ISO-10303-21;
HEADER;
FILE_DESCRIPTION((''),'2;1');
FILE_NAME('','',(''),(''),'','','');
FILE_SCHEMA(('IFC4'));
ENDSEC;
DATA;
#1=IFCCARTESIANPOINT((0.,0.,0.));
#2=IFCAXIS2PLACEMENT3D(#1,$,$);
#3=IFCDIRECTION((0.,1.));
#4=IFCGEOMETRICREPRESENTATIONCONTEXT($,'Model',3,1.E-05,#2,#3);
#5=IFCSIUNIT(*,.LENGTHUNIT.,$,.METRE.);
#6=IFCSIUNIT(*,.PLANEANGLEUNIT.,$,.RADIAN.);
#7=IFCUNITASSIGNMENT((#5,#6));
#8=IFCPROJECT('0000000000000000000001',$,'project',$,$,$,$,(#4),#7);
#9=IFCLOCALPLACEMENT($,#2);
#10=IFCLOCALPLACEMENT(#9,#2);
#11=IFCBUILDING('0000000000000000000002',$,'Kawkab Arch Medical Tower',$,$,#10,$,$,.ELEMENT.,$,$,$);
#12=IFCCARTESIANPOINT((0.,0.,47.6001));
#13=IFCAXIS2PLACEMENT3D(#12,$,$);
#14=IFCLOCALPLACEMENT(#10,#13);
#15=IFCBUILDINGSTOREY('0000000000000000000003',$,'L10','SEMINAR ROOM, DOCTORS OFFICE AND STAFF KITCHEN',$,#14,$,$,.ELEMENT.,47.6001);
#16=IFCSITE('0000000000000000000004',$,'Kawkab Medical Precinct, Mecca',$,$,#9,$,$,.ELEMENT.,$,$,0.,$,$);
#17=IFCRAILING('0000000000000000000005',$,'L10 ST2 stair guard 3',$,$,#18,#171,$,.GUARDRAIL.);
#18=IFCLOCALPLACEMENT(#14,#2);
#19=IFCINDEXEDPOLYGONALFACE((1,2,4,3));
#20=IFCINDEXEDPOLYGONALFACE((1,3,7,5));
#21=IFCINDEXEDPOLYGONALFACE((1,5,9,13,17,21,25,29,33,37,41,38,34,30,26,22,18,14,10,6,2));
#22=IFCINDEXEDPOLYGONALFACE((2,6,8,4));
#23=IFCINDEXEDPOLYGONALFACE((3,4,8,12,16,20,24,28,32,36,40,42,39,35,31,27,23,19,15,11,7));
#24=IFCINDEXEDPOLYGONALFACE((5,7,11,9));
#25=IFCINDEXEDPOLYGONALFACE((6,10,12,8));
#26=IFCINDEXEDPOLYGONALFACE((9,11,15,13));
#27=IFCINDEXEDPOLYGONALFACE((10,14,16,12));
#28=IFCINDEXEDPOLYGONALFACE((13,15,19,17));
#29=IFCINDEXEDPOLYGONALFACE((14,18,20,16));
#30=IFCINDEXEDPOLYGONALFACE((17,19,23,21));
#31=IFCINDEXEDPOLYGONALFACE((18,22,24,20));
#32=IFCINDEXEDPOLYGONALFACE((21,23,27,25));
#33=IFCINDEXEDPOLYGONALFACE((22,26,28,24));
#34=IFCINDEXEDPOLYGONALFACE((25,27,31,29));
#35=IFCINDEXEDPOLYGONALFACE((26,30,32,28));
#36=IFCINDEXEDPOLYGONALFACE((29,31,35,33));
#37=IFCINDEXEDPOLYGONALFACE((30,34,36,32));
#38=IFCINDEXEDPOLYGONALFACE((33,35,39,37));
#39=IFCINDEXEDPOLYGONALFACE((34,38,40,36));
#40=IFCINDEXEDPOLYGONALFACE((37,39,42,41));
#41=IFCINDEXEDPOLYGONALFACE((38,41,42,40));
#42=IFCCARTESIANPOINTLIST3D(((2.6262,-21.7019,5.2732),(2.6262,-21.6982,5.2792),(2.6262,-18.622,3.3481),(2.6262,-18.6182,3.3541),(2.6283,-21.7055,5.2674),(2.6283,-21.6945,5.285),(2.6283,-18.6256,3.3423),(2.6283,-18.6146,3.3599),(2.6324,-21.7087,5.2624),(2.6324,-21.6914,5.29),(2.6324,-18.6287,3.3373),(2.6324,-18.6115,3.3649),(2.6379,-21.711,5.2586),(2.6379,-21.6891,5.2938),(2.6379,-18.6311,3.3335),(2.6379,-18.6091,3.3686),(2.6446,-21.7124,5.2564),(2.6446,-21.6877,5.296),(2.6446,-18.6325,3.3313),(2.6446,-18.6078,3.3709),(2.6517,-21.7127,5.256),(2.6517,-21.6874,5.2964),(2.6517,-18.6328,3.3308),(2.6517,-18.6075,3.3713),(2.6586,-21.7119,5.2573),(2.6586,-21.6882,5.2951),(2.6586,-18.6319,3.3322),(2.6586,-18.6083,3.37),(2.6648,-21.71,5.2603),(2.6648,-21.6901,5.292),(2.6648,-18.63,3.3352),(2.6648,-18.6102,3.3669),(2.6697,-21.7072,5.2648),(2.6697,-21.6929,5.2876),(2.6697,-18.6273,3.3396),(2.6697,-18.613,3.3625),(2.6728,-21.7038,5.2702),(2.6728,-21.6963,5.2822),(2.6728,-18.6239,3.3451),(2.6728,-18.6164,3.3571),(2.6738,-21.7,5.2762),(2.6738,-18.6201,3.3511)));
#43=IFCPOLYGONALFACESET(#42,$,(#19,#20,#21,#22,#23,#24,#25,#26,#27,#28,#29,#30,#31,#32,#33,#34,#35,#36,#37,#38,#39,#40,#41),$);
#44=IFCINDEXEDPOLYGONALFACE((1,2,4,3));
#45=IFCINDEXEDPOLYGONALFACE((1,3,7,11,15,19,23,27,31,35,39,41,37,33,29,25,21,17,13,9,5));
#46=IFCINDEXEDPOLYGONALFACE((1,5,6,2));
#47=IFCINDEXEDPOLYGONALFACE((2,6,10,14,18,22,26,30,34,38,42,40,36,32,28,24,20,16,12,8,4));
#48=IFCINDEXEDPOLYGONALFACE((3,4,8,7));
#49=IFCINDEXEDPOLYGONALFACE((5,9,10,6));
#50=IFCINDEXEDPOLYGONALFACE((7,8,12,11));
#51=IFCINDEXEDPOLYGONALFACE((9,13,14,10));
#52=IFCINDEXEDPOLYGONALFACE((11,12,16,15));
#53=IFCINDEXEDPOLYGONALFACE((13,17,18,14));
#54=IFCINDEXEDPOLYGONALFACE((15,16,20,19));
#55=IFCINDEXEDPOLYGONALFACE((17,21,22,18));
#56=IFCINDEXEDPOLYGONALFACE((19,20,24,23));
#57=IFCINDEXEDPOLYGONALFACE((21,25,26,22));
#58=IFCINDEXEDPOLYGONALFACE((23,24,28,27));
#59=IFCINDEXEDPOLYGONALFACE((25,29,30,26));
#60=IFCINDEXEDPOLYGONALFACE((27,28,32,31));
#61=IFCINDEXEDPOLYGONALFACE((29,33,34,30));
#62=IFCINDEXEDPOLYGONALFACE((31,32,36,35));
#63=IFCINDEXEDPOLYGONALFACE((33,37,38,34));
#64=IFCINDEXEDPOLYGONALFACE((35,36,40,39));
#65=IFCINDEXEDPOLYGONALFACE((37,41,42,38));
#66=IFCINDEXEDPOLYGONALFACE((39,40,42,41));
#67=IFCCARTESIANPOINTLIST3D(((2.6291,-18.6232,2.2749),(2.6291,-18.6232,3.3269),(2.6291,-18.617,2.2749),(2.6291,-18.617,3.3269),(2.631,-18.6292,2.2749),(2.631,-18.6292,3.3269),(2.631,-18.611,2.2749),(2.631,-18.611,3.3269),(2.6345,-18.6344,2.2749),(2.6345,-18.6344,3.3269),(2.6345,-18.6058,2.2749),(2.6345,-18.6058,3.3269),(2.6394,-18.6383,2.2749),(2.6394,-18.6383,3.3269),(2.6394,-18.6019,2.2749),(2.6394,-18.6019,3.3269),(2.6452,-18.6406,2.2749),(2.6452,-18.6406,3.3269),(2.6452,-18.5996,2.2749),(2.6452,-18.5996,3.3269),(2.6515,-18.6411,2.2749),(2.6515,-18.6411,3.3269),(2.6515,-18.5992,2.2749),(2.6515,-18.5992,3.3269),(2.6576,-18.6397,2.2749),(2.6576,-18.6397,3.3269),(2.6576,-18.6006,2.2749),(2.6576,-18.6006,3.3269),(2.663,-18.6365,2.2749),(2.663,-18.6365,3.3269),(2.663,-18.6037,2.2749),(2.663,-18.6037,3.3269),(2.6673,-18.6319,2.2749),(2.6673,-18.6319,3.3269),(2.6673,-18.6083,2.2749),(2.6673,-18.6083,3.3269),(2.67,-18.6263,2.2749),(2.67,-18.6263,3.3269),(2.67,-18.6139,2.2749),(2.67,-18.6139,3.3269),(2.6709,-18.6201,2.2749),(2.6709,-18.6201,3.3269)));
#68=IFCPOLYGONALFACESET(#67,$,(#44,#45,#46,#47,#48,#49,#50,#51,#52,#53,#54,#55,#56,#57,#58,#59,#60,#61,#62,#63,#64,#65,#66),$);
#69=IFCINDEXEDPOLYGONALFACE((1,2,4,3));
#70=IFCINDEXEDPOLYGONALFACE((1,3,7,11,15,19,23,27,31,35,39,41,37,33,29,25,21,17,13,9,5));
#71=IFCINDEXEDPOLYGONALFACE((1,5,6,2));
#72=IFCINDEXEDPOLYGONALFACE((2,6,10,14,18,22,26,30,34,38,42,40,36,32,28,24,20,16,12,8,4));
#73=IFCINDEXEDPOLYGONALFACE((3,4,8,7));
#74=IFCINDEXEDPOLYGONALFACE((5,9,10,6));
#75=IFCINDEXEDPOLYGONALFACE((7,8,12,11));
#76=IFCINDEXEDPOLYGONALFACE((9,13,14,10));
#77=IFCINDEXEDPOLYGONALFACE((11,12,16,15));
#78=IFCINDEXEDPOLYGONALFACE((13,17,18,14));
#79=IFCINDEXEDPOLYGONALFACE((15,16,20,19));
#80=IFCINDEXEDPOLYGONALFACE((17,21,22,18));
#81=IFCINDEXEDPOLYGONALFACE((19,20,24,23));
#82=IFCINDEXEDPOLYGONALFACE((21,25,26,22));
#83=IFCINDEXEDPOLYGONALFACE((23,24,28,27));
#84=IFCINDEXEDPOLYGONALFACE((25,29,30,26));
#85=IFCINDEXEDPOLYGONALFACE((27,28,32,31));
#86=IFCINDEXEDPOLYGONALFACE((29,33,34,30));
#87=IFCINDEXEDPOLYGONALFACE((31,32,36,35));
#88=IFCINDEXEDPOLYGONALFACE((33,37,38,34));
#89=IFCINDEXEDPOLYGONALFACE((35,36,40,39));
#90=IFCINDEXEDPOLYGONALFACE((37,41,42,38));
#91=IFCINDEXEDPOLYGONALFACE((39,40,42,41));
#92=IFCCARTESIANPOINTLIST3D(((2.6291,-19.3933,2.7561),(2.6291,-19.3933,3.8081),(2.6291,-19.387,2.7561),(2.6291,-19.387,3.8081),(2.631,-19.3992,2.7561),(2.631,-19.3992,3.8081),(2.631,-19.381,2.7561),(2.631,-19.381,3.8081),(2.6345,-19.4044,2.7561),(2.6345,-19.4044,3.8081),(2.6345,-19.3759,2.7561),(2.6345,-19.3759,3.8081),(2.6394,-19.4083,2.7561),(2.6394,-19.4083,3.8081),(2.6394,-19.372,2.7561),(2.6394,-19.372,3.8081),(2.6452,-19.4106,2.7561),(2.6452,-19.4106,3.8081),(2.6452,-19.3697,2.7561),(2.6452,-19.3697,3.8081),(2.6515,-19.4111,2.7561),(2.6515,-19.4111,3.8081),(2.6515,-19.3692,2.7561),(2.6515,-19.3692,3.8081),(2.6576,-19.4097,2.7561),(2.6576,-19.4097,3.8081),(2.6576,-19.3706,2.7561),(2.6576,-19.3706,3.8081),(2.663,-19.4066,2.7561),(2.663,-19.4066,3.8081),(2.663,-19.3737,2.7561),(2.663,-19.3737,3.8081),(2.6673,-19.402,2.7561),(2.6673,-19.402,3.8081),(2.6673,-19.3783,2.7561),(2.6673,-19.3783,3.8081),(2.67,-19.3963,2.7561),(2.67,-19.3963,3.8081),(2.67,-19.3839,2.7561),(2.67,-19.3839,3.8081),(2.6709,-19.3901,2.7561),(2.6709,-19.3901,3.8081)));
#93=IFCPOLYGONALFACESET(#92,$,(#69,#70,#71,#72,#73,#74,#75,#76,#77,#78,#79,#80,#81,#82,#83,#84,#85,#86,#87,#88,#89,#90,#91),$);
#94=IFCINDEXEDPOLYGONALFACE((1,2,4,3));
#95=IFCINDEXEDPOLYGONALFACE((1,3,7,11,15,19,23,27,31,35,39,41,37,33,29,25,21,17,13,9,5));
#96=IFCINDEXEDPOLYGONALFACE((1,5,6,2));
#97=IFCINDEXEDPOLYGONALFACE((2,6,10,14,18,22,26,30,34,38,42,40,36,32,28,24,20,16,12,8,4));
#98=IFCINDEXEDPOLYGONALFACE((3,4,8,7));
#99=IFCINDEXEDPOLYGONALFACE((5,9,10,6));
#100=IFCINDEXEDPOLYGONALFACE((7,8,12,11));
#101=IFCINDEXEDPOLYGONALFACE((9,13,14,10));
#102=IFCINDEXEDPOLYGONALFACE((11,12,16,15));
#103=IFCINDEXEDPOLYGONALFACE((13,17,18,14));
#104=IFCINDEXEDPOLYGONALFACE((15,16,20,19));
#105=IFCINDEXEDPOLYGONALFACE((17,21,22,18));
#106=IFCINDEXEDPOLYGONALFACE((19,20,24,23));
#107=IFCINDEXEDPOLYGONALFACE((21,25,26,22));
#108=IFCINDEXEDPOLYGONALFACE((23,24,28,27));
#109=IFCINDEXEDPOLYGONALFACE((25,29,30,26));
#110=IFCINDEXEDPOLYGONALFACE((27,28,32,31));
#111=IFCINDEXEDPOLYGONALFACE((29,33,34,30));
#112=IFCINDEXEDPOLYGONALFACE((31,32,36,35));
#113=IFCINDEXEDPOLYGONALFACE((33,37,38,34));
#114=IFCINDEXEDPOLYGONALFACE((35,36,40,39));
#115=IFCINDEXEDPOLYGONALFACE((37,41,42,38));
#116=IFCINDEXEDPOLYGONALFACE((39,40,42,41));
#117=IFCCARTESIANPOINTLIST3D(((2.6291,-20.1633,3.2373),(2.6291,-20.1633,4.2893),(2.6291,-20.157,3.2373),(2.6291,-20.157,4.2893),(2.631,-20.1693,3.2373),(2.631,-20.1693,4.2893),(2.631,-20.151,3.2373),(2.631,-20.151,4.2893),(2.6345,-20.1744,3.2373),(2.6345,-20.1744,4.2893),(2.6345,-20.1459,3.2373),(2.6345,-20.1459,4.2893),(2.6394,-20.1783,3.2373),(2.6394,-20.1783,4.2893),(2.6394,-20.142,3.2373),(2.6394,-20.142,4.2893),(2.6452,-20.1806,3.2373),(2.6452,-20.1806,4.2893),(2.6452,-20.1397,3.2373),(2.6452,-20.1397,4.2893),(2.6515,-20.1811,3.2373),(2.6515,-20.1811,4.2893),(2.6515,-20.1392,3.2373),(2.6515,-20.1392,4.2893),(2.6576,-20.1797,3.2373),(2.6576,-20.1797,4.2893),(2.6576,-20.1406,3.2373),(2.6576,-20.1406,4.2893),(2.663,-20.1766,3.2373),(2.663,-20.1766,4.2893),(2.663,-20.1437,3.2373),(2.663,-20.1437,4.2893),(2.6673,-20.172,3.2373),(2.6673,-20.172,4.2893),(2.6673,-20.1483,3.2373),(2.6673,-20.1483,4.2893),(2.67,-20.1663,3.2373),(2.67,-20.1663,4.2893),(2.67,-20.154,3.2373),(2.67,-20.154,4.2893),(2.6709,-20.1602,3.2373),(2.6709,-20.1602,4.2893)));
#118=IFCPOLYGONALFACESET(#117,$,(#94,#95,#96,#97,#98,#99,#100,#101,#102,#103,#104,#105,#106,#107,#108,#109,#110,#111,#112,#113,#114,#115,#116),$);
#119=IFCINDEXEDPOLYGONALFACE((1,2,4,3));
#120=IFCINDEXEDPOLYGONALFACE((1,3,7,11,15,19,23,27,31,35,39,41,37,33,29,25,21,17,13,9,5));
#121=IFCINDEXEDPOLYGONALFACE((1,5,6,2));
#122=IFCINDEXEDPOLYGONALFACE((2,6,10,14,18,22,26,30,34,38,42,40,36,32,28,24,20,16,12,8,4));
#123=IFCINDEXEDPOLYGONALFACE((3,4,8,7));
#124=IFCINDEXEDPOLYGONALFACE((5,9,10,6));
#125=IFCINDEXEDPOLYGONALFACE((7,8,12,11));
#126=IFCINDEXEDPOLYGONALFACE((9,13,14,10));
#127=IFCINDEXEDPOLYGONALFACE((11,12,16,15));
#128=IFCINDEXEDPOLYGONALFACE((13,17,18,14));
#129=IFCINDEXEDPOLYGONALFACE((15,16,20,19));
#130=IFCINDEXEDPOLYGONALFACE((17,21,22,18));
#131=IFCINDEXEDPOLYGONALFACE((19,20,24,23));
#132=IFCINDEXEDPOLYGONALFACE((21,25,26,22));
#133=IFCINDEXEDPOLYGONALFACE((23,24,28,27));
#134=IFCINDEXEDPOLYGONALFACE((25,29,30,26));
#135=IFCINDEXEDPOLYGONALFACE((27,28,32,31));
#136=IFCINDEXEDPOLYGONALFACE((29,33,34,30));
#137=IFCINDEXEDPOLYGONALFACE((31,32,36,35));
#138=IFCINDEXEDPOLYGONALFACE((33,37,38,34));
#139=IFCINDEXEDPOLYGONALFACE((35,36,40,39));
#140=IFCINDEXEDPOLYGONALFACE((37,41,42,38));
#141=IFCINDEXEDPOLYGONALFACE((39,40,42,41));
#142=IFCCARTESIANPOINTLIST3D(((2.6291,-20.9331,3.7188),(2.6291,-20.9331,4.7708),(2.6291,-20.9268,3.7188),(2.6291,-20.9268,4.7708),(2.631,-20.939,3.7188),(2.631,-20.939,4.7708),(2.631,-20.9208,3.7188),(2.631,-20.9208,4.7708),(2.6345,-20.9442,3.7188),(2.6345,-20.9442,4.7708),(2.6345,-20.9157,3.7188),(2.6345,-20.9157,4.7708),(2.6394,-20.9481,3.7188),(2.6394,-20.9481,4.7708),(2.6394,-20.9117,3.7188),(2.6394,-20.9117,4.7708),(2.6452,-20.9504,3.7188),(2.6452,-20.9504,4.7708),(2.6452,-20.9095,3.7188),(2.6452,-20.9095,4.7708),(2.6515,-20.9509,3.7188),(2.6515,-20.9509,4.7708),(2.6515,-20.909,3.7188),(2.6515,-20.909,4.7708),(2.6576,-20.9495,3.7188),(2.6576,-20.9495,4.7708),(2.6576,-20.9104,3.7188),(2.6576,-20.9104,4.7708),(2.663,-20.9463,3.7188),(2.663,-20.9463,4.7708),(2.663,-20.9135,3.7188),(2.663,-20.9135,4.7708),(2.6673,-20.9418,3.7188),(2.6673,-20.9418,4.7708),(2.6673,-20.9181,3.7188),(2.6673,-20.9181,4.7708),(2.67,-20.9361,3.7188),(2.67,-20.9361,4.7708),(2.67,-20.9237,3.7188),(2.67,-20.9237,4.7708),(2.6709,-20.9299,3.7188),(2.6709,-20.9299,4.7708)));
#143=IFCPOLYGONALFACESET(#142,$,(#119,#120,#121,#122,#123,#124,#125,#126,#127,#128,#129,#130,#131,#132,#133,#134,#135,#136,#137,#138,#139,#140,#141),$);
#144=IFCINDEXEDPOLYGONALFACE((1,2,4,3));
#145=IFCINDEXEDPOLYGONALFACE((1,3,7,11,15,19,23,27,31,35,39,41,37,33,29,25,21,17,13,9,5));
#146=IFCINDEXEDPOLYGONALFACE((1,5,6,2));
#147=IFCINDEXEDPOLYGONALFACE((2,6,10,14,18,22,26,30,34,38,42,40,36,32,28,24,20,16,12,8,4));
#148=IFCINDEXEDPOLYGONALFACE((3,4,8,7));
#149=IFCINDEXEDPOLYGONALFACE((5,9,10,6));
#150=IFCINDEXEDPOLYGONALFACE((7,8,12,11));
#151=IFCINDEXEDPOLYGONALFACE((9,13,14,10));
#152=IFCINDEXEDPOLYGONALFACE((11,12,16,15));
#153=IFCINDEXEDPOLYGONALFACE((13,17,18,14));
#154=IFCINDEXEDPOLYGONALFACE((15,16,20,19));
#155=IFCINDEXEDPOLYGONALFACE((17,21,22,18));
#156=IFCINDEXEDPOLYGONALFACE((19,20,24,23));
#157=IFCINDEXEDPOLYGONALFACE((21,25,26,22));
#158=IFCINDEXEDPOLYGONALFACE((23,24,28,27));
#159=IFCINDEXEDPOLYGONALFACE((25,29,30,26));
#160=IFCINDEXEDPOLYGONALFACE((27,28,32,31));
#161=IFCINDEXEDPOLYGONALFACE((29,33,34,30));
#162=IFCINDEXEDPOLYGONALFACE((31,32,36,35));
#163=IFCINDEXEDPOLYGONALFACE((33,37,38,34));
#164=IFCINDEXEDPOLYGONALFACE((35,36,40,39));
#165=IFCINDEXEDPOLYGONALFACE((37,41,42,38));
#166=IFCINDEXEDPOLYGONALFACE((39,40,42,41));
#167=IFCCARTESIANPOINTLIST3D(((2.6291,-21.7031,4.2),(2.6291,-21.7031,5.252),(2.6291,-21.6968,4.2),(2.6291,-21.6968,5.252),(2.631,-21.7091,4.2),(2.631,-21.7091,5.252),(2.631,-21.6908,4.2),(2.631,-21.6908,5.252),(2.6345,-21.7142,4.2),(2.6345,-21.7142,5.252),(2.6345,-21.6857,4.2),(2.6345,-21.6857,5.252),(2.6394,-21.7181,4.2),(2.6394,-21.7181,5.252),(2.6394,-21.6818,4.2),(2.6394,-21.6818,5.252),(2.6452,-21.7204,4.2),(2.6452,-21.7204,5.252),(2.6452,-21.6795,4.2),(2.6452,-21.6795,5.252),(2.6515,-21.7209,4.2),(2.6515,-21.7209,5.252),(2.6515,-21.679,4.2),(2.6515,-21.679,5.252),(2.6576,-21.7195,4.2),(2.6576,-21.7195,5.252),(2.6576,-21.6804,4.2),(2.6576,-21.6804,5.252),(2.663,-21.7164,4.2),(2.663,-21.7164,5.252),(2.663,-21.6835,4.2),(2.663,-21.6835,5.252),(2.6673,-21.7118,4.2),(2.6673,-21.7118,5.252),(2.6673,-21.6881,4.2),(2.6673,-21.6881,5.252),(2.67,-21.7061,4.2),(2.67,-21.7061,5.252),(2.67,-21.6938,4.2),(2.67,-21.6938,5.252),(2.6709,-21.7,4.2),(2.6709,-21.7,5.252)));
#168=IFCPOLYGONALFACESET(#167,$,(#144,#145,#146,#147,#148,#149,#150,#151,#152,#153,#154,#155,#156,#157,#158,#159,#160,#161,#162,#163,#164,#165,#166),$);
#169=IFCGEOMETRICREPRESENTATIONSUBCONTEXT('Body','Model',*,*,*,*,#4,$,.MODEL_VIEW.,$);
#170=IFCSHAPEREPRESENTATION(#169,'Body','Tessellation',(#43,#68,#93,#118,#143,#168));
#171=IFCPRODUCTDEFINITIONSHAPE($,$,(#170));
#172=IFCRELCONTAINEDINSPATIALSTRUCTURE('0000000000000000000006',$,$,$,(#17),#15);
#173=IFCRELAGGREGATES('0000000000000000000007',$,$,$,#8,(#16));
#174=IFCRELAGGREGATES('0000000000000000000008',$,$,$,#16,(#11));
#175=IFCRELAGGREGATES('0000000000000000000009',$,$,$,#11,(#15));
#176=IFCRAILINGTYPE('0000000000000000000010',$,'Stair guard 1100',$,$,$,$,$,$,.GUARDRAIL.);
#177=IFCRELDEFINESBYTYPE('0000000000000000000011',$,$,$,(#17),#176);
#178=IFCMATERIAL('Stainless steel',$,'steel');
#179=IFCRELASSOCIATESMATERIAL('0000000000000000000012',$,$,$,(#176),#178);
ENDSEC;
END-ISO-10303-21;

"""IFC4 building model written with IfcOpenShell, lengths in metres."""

from ifc_helpers import new_model, si_unit, direction, frame, origin, origin_2d, place, context, subcontext, project, spatial, circle, extrude, material, type_object, element, save


model = new_model("IFC4")

# Units and contexts
model_context = context("Model", 3, precision=1e-05, world=origin(), true_north=direction((0.0, 1.0)))
body_context = subcontext(model_context, "Body", "Model", "MODEL_VIEW")
ifc_project = project(units=[si_unit("LENGTHUNIT", "METRE"), si_unit("PLANEANGLEUNIT", "RADIAN")], contexts=[model_context])

# Site, building, storey
site_placement = place(None, origin())
site = spatial("IfcSite", under=ifc_project, at=site_placement, Name="Kawkab Medical Precinct, Mecca", CompositionType="ELEMENT", RefElevation=0.0)
building_placement = place(site_placement, origin())
building = spatial("IfcBuilding", under=site, at=building_placement, Name="Kawkab Arch Medical Tower", CompositionType="ELEMENT")
storey_placement = place(building_placement, frame((0.0, 0.0, 47.6001)))
storey = spatial("IfcBuildingStorey", under=building, at=storey_placement, Name="L10", Description="SEMINAR ROOM, DOCTORS OFFICE AND STAFF KITCHEN", CompositionType="ELEMENT", Elevation=47.6001)

# Railing
ifc_material_1 = material(Name="Stainless steel", Category="steel")
railing_type = type_object("IfcRailingType", Name="Stair guard 1100", PredefinedType="GUARDRAIL", material=ifc_material_1)
railing_1_placement = place(storey_placement, frame((2.6499, -18.6201, 2.2749)))
element("IfcRailing", 1, at=railing_1_placement, inside=storey, type_object=railing_type, Name="L10 ST2 stair guard 3", PredefinedType="GUARDRAIL", context=body_context, shape_type="SweptSolid", body=[
    extrude(circle(Radius=0.0239, at=origin_2d()), frame((0.0, 0.0, 1.0762), z_axis=(0.0, -0.847979, 0.530029), x_axis=(1.0, 0.0, 0.0)), (0.0, 0.0, 1.0), 3.6321),
    extrude(circle(Radius=0.021, at=origin_2d()), origin(), (0.0, 0.0, 1.0), 1.052),
    extrude(circle(Radius=0.021, at=origin_2d()), frame((0.0, -0.77, 0.4812)), (0.0, 0.0, 1.0), 1.052),
    extrude(circle(Radius=0.021, at=origin_2d()), frame((0.0, -1.54, 0.9624)), (0.0, 0.0, 1.0), 1.052),
    extrude(circle(Radius=0.021, at=origin_2d()), frame((0.0, -2.3098, 1.4438)), (0.0, 0.0, 1.0), 1.052),
    extrude(circle(Radius=0.021, at=origin_2d()), frame((0.0, -3.0798, 1.925)), (0.0, 0.0, 1.0), 1.052),
])

save(model, "model.ifc")
